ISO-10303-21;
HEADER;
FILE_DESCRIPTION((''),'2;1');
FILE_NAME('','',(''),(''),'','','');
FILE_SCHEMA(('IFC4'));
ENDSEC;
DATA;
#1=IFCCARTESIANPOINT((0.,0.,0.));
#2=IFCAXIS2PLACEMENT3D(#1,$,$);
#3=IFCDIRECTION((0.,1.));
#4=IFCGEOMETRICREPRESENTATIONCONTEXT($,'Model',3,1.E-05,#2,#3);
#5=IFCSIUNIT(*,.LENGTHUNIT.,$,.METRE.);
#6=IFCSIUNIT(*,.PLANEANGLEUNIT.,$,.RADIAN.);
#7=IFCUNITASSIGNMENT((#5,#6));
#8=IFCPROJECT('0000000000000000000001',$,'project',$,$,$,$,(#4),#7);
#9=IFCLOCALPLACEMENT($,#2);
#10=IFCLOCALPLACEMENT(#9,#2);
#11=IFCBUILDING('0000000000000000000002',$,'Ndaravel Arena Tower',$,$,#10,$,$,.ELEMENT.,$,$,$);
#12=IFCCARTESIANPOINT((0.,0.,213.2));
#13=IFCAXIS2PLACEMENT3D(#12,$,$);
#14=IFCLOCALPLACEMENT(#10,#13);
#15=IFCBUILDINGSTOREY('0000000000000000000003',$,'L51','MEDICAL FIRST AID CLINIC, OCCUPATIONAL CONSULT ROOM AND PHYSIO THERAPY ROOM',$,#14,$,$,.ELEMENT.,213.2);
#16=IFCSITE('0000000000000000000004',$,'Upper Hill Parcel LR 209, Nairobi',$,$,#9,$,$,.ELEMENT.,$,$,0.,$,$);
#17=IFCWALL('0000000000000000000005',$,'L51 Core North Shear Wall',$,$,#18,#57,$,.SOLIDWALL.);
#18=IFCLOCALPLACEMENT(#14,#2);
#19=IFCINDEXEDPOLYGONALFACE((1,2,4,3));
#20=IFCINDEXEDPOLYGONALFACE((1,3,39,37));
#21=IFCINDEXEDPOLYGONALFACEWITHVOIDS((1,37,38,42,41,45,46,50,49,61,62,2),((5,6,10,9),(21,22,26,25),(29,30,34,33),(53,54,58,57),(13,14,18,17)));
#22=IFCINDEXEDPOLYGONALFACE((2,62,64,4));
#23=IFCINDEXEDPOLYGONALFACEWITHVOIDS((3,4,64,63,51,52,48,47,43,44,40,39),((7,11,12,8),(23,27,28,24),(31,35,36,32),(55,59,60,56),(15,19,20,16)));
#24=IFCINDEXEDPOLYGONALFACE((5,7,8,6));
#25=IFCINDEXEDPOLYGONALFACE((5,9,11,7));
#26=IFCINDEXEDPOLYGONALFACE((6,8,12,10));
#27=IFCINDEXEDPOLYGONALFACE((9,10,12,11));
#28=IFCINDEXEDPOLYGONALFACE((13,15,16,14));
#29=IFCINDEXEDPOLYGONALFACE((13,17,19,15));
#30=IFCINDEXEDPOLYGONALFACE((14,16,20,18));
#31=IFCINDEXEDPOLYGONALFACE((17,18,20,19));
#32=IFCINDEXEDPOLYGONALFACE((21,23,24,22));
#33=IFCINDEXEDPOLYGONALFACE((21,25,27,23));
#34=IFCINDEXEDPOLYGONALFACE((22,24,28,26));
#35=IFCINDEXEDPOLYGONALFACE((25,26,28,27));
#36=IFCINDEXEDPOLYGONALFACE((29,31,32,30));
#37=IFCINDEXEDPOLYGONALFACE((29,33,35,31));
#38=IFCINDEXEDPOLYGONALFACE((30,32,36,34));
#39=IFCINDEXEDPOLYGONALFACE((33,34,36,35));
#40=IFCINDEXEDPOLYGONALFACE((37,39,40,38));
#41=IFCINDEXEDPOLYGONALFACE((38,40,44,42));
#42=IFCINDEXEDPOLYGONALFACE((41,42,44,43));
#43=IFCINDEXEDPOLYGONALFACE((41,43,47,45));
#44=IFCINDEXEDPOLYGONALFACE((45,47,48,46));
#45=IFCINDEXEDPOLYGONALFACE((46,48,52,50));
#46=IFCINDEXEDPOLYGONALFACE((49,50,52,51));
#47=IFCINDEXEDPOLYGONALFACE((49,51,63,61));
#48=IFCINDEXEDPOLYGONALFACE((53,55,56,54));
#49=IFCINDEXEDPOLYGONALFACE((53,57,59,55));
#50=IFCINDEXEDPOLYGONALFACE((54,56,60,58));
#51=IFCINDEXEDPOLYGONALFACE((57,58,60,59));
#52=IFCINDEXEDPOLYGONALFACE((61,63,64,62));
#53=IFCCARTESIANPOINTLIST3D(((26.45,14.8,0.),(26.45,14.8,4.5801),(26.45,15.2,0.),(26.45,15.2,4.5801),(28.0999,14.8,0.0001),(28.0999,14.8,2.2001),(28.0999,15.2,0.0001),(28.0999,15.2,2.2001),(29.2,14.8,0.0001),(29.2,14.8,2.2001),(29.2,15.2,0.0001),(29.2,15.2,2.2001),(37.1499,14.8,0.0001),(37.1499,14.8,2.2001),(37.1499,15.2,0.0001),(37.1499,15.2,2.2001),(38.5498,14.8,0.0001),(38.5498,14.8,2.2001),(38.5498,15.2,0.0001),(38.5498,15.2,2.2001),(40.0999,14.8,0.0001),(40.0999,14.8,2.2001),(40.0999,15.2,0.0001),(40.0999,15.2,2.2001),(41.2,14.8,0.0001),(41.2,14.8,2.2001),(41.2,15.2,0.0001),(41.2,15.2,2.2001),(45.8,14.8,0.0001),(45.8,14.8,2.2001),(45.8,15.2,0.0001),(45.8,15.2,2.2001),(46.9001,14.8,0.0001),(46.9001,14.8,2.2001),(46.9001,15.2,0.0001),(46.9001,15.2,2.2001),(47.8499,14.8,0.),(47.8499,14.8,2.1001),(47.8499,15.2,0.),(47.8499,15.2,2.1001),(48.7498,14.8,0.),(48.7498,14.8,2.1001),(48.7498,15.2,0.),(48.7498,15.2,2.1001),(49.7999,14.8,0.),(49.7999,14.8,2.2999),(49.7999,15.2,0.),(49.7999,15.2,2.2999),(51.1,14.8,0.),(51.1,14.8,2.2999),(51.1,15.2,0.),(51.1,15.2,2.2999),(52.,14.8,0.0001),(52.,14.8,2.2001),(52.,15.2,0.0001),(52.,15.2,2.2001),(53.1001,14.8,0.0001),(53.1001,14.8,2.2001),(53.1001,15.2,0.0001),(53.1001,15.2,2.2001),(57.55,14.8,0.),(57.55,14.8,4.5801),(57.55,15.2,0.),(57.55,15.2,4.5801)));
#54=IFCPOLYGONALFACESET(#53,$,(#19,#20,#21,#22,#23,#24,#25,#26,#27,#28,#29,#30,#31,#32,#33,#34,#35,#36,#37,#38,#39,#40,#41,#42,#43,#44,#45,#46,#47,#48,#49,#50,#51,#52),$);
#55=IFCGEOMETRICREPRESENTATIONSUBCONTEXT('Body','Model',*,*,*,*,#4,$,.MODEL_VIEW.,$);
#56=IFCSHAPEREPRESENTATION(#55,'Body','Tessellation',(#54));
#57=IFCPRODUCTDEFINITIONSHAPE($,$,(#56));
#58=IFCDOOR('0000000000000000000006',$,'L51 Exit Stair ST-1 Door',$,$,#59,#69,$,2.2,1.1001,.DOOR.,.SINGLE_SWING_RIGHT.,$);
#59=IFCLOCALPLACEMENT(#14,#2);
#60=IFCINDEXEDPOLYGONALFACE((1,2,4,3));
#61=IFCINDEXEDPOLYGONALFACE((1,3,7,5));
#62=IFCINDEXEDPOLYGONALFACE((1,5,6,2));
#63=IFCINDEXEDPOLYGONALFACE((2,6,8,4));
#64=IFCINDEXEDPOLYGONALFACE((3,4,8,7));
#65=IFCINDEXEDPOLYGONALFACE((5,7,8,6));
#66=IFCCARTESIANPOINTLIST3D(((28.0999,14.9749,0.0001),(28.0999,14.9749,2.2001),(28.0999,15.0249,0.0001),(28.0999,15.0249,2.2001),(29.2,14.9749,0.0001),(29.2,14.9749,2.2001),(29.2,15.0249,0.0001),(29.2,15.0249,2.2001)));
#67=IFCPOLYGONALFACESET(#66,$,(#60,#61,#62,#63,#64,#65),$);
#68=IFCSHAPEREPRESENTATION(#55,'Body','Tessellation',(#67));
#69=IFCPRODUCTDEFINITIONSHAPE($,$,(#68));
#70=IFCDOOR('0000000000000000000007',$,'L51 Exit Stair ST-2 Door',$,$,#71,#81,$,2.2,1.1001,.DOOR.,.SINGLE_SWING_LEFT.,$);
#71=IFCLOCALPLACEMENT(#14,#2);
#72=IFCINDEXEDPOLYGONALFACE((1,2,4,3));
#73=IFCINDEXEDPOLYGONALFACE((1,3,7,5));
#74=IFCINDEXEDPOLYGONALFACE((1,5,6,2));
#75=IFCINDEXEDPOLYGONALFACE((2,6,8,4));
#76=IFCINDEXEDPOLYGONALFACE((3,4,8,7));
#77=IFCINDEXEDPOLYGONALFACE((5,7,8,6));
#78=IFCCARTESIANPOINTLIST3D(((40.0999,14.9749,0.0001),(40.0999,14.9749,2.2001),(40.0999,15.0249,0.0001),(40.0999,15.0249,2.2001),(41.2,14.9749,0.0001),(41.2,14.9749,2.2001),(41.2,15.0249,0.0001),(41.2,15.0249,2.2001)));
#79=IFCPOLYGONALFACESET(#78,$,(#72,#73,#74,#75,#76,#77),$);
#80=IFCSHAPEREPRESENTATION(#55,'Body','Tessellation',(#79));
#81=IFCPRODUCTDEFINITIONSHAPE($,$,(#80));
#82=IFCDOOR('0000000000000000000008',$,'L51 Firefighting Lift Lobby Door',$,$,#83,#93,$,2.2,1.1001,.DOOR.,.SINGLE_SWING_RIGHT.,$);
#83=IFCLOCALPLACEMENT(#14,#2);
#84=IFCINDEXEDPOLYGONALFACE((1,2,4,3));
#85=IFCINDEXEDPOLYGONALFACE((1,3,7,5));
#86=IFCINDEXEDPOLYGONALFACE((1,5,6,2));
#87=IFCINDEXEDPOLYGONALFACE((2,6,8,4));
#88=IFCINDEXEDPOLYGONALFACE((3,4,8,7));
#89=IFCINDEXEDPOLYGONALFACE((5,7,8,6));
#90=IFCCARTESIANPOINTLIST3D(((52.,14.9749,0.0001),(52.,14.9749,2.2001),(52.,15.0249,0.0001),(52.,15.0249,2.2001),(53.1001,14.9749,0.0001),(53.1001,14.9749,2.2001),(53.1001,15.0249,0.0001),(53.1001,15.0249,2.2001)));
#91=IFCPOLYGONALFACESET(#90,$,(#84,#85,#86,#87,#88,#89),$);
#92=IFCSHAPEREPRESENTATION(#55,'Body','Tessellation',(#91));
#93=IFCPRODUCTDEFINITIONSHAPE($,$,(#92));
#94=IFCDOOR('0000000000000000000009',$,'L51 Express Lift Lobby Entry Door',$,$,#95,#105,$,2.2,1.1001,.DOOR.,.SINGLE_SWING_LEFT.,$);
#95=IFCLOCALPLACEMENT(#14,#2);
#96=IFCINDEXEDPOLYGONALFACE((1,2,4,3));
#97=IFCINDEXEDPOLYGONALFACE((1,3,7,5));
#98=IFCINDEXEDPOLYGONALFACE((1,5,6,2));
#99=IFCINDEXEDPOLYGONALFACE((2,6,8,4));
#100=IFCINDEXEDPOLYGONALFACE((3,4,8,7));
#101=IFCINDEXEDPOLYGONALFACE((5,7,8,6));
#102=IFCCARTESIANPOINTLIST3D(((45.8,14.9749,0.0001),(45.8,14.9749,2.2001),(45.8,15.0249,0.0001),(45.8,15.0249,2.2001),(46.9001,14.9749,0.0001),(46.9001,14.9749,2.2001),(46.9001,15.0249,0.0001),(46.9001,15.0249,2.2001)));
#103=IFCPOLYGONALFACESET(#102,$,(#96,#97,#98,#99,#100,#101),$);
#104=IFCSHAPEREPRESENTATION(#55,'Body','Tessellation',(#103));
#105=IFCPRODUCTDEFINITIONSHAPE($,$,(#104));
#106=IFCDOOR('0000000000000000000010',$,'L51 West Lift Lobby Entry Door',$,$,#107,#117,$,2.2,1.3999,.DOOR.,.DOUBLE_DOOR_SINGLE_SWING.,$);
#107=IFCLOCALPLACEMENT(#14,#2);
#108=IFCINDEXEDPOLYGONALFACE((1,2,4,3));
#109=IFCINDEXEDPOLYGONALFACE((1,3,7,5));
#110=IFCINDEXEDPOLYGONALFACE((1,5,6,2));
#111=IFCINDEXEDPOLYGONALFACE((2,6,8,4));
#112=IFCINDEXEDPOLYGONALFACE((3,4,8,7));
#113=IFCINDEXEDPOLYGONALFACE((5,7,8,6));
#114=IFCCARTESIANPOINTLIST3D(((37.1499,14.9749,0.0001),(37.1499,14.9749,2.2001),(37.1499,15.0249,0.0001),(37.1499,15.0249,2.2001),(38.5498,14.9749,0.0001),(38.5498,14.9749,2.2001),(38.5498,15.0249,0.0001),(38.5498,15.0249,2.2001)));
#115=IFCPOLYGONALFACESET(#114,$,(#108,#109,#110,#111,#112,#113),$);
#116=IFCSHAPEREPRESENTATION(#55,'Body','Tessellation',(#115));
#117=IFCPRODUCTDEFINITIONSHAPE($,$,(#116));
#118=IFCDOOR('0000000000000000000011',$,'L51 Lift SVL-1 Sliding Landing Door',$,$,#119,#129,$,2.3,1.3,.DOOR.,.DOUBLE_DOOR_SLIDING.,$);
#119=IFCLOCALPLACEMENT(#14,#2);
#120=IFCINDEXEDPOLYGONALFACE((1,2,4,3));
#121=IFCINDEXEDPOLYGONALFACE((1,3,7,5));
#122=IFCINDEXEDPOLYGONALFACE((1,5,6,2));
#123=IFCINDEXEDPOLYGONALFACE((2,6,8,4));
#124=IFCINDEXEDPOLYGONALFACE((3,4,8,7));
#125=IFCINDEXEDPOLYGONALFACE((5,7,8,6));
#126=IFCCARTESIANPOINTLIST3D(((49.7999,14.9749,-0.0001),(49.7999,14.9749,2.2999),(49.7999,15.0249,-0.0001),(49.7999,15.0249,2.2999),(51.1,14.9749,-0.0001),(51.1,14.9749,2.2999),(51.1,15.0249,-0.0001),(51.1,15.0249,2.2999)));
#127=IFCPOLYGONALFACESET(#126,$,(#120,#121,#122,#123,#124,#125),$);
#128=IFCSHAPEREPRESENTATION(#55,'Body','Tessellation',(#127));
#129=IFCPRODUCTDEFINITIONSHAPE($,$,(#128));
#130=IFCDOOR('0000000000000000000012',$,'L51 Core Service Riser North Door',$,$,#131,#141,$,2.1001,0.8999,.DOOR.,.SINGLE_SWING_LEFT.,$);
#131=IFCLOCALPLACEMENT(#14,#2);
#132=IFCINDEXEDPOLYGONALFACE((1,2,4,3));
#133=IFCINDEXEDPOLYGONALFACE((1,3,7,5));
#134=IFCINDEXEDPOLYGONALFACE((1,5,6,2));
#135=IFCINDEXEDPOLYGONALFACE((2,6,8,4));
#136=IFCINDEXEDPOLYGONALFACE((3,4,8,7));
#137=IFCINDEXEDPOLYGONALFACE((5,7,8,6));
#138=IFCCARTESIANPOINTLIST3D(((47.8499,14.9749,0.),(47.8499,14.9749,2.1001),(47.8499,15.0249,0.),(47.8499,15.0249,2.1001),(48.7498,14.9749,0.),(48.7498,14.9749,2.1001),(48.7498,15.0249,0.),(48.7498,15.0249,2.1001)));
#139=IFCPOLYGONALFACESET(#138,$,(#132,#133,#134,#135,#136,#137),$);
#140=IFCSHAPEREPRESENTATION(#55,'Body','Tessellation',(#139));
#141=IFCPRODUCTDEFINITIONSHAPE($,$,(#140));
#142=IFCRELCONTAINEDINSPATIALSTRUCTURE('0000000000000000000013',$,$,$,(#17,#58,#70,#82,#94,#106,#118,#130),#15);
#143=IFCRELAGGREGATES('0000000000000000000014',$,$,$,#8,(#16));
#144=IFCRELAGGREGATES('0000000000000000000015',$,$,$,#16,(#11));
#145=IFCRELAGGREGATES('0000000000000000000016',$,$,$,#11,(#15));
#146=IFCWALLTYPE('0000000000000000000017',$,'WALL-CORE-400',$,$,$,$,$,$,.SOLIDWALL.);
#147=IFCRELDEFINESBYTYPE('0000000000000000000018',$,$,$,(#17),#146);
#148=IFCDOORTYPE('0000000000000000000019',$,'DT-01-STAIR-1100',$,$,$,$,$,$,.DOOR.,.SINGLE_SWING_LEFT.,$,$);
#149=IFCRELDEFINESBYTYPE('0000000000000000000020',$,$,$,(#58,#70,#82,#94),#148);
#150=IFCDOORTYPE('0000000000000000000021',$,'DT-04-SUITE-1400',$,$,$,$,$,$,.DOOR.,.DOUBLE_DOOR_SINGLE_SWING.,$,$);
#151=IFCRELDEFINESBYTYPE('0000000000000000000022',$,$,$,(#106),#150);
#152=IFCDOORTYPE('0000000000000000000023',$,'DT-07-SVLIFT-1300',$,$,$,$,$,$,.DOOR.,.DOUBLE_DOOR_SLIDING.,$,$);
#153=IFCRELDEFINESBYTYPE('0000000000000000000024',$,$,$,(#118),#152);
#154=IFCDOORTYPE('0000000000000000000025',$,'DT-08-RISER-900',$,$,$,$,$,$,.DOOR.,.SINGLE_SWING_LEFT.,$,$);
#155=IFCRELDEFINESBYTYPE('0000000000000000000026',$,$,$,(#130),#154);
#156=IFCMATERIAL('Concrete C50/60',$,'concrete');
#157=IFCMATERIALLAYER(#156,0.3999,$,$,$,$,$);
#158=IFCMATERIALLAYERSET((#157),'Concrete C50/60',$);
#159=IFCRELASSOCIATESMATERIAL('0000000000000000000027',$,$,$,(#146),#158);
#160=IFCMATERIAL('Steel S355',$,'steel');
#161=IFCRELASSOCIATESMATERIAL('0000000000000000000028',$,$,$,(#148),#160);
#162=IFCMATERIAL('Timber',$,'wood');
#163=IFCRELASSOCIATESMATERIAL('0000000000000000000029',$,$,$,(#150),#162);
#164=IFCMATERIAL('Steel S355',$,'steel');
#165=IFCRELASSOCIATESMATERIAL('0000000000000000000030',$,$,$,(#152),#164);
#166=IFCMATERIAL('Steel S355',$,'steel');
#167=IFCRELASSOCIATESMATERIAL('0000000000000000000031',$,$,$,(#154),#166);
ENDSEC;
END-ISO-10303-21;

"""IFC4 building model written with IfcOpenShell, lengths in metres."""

from ifc_helpers import new_model, si_unit, direction, frame, frame_2d, origin, place, context, subcontext, project, spatial, rectangle, extrude, material, layer, layer_set, type_object, element, fill, save


model = new_model("IFC4")

# Units and contexts
model_context = context("Model", 3, precision=1e-05, world=origin(), true_north=direction((0.0, 1.0)))
body_context = subcontext(model_context, "Body", "Model", "MODEL_VIEW")
ifc_project = project(units=[si_unit("LENGTHUNIT", "METRE"), si_unit("PLANEANGLEUNIT", "RADIAN")], contexts=[model_context])

# Site, building, storey
site_placement = place(None, origin())
site = spatial("IfcSite", under=ifc_project, at=site_placement, Name="Upper Hill Parcel LR 209, Nairobi", CompositionType="ELEMENT", RefElevation=0.0)
building_placement = place(site_placement, origin())
building = spatial("IfcBuilding", under=site, at=building_placement, Name="Ndaravel Arena Tower", CompositionType="ELEMENT")
storey_placement = place(building_placement, frame((0.0, 0.0, 213.2)))
storey = spatial("IfcBuildingStorey", under=building, at=storey_placement, Name="L51", Description="MEDICAL FIRST AID CLINIC, OCCUPATIONAL CONSULT ROOM AND PHYSIO THERAPY ROOM", CompositionType="ELEMENT", Elevation=213.2)

# Wall, openings, doors
ifc_material_1 = material(Name="Concrete C50/60", Category="concrete")
ifc_layer_1 = layer(ifc_material_1, 0.3999)
ifc_layer_set_1 = layer_set([ifc_layer_1], Name="Concrete C50/60")
wall_type_1 = type_object("IfcWallType", Name="WALL-CORE-400", PredefinedType="SOLIDWALL", material=ifc_layer_set_1)
wall_1_placement = place(storey_placement, frame((26.45, 15.0, 0.0), z_axis=(0.0, 0.0, 1.0), x_axis=(1.0, 0.0, 0.0)))
wall_1 = element("IfcWall", 1, at=wall_1_placement, inside=storey, type_object=wall_type_1, Name="L51 Core North Shear Wall", PredefinedType="SOLIDWALL", context=body_context, shape_type="SweptSolid", body=[
    extrude(rectangle(XDim=31.1001, YDim=0.3999, at=frame_2d((15.55, 0.0))), origin(), (0.0, 0.0, 1.0), 4.5801),
])
opening_1_placement = place(wall_1_placement, frame((1.6499, 0.0, 0.0)))
opening_1 = element("IfcOpeningElement", 2, at=opening_1_placement, cuts=wall_1, PredefinedType="OPENING", context=body_context, shape_type="SweptSolid", body=[
    extrude(rectangle(XDim=1.1001, YDim=2.2, at=frame_2d((0.55, 1.1001))), frame((0.0, 0.2, 0.0), z_axis=(0.0, -1.0, 0.0), x_axis=(1.0, 0.0, 0.0)), (0.0, 0.0, 1.0), 0.3999),
])
opening_2_placement = place(wall_1_placement, frame((13.6499, 0.0, 0.0)))
opening_2 = element("IfcOpeningElement", 3, at=opening_2_placement, cuts=wall_1, PredefinedType="OPENING", context=body_context, shape_type="SweptSolid", body=[
    extrude(rectangle(XDim=1.1001, YDim=2.2, at=frame_2d((0.55, 1.1001))), frame((0.0, 0.2, 0.0), z_axis=(0.0, -1.0, 0.0), x_axis=(1.0, 0.0, 0.0)), (0.0, 0.0, 1.0), 0.3999),
])
opening_3_placement = place(wall_1_placement, frame((25.55, 0.0, 0.0)))
opening_3 = element("IfcOpeningElement", 4, at=opening_3_placement, cuts=wall_1, PredefinedType="OPENING", context=body_context, shape_type="SweptSolid", body=[
    extrude(rectangle(XDim=1.1001, YDim=2.2, at=frame_2d((0.55, 1.1001))), frame((0.0, 0.2, 0.0), z_axis=(0.0, -1.0, 0.0), x_axis=(1.0, 0.0, 0.0)), (0.0, 0.0, 1.0), 0.3999),
])
opening_4_placement = place(wall_1_placement, frame((10.7, 0.0, 0.0)))
opening_4 = element("IfcOpeningElement", 5, at=opening_4_placement, cuts=wall_1, PredefinedType="OPENING", context=body_context, shape_type="SweptSolid", body=[
    extrude(rectangle(XDim=1.3999, YDim=2.2, at=frame_2d((0.7, 1.1001))), frame((0.0, 0.2, 0.0), z_axis=(0.0, -1.0, 0.0), x_axis=(1.0, 0.0, 0.0)), (0.0, 0.0, 1.0), 0.3999),
])
opening_5_placement = place(wall_1_placement, frame((19.3501, 0.0, 0.0)))
opening_5 = element("IfcOpeningElement", 6, at=opening_5_placement, cuts=wall_1, PredefinedType="OPENING", context=body_context, shape_type="SweptSolid", body=[
    extrude(rectangle(XDim=1.1001, YDim=2.2, at=frame_2d((0.55, 1.1001))), frame((0.0, 0.2, 0.0), z_axis=(0.0, -1.0, 0.0), x_axis=(1.0, 0.0, 0.0)), (0.0, 0.0, 1.0), 0.3999),
])
opening_6_placement = place(wall_1_placement, frame((21.3999, 0.0, 0.0)))
opening_6 = element("IfcOpeningElement", 7, at=opening_6_placement, cuts=wall_1, PredefinedType="OPENING", context=body_context, shape_type="SweptSolid", body=[
    extrude(rectangle(XDim=0.8999, YDim=2.1001, at=frame_2d((0.45, 1.05))), frame((0.0, 0.2, 0.0), z_axis=(0.0, -1.0, 0.0), x_axis=(1.0, 0.0, 0.0)), (0.0, 0.0, 1.0), 0.3999),
])
opening_7_placement = place(wall_1_placement, frame((23.3501, 0.0, 0.0)))
opening_7 = element("IfcOpeningElement", 8, at=opening_7_placement, cuts=wall_1, PredefinedType="OPENING", context=body_context, shape_type="SweptSolid", body=[
    extrude(rectangle(XDim=1.3, YDim=2.3, at=frame_2d((0.6499, 1.1499))), frame((0.0, 0.2, 0.0), z_axis=(0.0, -1.0, 0.0), x_axis=(1.0, 0.0, 0.0)), (0.0, 0.0, 1.0), 0.3999),
])
ifc_material_2 = material(Name="Steel S355", Category="steel")
door_type_1 = type_object("IfcDoorType", Name="DT-01-STAIR-1100", OperationType="SINGLE_SWING_LEFT", PredefinedType="DOOR", material=ifc_material_2)
door_1_placement = place(opening_1_placement, origin())
door_1 = element("IfcDoor", 9, at=door_1_placement, inside=storey, type_object=door_type_1, Name="L51 Exit Stair ST-1 Door", OperationType="SINGLE_SWING_RIGHT", OverallHeight=2.2, OverallWidth=1.1001, PredefinedType="DOOR", context=body_context, shape_type="SweptSolid", body=[
    extrude(rectangle(XDim=1.1001, YDim=2.2, at=frame_2d((0.55, 1.1001))), frame((0.0, 0.0249, 0.0), z_axis=(0.0, -1.0, 0.0), x_axis=(1.0, 0.0, 0.0)), (0.0, 0.0, 1.0), 0.05),
])
fill(opening_1, door_1)
door_2_placement = place(opening_2_placement, origin())
door_2 = element("IfcDoor", 10, at=door_2_placement, inside=storey, type_object=door_type_1, Name="L51 Exit Stair ST-2 Door", OperationType="SINGLE_SWING_LEFT", OverallHeight=2.2, OverallWidth=1.1001, PredefinedType="DOOR", context=body_context, shape_type="SweptSolid", body=[
    extrude(rectangle(XDim=1.1001, YDim=2.2, at=frame_2d((0.55, 1.1001))), frame((0.0, 0.0249, 0.0), z_axis=(0.0, -1.0, 0.0), x_axis=(1.0, 0.0, 0.0)), (0.0, 0.0, 1.0), 0.05),
])
fill(opening_2, door_2)
door_3_placement = place(opening_3_placement, origin())
door_3 = element("IfcDoor", 11, at=door_3_placement, inside=storey, type_object=door_type_1, Name="L51 Firefighting Lift Lobby Door", OperationType="SINGLE_SWING_RIGHT", OverallHeight=2.2, OverallWidth=1.1001, PredefinedType="DOOR", context=body_context, shape_type="SweptSolid", body=[
    extrude(rectangle(XDim=1.1001, YDim=2.2, at=frame_2d((0.55, 1.1001))), frame((0.0, 0.0249, 0.0), z_axis=(0.0, -1.0, 0.0), x_axis=(1.0, 0.0, 0.0)), (0.0, 0.0, 1.0), 0.05),
])
fill(opening_3, door_3)
door_4_placement = place(opening_5_placement, origin())
door_4 = element("IfcDoor", 12, at=door_4_placement, inside=storey, type_object=door_type_1, Name="L51 Express Lift Lobby Entry Door", OperationType="SINGLE_SWING_LEFT", OverallHeight=2.2, OverallWidth=1.1001, PredefinedType="DOOR", context=body_context, shape_type="SweptSolid", body=[
    extrude(rectangle(XDim=1.1001, YDim=2.2, at=frame_2d((0.55, 1.1001))), frame((0.0, 0.0249, 0.0), z_axis=(0.0, -1.0, 0.0), x_axis=(1.0, 0.0, 0.0)), (0.0, 0.0, 1.0), 0.05),
])
fill(opening_5, door_4)
ifc_material_3 = material(Name="Timber", Category="wood")
door_type_2 = type_object("IfcDoorType", Name="DT-04-SUITE-1400", OperationType="DOUBLE_DOOR_SINGLE_SWING", PredefinedType="DOOR", material=ifc_material_3)
door_5_placement = place(opening_4_placement, origin())
door_5 = element("IfcDoor", 13, at=door_5_placement, inside=storey, type_object=door_type_2, Name="L51 West Lift Lobby Entry Door", OperationType="DOUBLE_DOOR_SINGLE_SWING", OverallHeight=2.2, OverallWidth=1.3999, PredefinedType="DOOR", context=body_context, shape_type="SweptSolid", body=[
    extrude(rectangle(XDim=1.3999, YDim=2.2, at=frame_2d((0.7, 1.1001))), frame((0.0, 0.0249, 0.0), z_axis=(0.0, -1.0, 0.0), x_axis=(1.0, 0.0, 0.0)), (0.0, 0.0, 1.0), 0.05),
])
fill(opening_4, door_5)
ifc_material_4 = material(Name="Steel S355", Category="steel")
door_type_3 = type_object("IfcDoorType", Name="DT-07-SVLIFT-1300", OperationType="DOUBLE_DOOR_SLIDING", PredefinedType="DOOR", material=ifc_material_4)
door_6_placement = place(opening_7_placement, origin())
door_6 = element("IfcDoor", 14, at=door_6_placement, inside=storey, type_object=door_type_3, Name="L51 Lift SVL-1 Sliding Landing Door", OperationType="DOUBLE_DOOR_SLIDING", OverallHeight=2.3, OverallWidth=1.3, PredefinedType="DOOR", context=body_context, shape_type="SweptSolid", body=[
    extrude(rectangle(XDim=1.3, YDim=2.3, at=frame_2d((0.6499, 1.1499))), frame((0.0, 0.0249, 0.0), z_axis=(0.0, -1.0, 0.0), x_axis=(1.0, 0.0, 0.0)), (0.0, 0.0, 1.0), 0.05),
])
fill(opening_7, door_6)
ifc_material_5 = material(Name="Steel S355", Category="steel")
door_type_4 = type_object("IfcDoorType", Name="DT-08-RISER-900", OperationType="SINGLE_SWING_LEFT", PredefinedType="DOOR", material=ifc_material_5)
door_7_placement = place(opening_6_placement, origin())
door_7 = element("IfcDoor", 15, at=door_7_placement, inside=storey, type_object=door_type_4, Name="L51 Core Service Riser North Door", OperationType="SINGLE_SWING_LEFT", OverallHeight=2.1001, OverallWidth=0.8999, PredefinedType="DOOR", context=body_context, shape_type="SweptSolid", body=[
    extrude(rectangle(XDim=0.8999, YDim=2.1001, at=frame_2d((0.45, 1.05))), frame((0.0, 0.0249, 0.0), z_axis=(0.0, -1.0, 0.0), x_axis=(1.0, 0.0, 0.0)), (0.0, 0.0, 1.0), 0.05),
])
fill(opening_6, door_7)

save(model, "model.ifc")
